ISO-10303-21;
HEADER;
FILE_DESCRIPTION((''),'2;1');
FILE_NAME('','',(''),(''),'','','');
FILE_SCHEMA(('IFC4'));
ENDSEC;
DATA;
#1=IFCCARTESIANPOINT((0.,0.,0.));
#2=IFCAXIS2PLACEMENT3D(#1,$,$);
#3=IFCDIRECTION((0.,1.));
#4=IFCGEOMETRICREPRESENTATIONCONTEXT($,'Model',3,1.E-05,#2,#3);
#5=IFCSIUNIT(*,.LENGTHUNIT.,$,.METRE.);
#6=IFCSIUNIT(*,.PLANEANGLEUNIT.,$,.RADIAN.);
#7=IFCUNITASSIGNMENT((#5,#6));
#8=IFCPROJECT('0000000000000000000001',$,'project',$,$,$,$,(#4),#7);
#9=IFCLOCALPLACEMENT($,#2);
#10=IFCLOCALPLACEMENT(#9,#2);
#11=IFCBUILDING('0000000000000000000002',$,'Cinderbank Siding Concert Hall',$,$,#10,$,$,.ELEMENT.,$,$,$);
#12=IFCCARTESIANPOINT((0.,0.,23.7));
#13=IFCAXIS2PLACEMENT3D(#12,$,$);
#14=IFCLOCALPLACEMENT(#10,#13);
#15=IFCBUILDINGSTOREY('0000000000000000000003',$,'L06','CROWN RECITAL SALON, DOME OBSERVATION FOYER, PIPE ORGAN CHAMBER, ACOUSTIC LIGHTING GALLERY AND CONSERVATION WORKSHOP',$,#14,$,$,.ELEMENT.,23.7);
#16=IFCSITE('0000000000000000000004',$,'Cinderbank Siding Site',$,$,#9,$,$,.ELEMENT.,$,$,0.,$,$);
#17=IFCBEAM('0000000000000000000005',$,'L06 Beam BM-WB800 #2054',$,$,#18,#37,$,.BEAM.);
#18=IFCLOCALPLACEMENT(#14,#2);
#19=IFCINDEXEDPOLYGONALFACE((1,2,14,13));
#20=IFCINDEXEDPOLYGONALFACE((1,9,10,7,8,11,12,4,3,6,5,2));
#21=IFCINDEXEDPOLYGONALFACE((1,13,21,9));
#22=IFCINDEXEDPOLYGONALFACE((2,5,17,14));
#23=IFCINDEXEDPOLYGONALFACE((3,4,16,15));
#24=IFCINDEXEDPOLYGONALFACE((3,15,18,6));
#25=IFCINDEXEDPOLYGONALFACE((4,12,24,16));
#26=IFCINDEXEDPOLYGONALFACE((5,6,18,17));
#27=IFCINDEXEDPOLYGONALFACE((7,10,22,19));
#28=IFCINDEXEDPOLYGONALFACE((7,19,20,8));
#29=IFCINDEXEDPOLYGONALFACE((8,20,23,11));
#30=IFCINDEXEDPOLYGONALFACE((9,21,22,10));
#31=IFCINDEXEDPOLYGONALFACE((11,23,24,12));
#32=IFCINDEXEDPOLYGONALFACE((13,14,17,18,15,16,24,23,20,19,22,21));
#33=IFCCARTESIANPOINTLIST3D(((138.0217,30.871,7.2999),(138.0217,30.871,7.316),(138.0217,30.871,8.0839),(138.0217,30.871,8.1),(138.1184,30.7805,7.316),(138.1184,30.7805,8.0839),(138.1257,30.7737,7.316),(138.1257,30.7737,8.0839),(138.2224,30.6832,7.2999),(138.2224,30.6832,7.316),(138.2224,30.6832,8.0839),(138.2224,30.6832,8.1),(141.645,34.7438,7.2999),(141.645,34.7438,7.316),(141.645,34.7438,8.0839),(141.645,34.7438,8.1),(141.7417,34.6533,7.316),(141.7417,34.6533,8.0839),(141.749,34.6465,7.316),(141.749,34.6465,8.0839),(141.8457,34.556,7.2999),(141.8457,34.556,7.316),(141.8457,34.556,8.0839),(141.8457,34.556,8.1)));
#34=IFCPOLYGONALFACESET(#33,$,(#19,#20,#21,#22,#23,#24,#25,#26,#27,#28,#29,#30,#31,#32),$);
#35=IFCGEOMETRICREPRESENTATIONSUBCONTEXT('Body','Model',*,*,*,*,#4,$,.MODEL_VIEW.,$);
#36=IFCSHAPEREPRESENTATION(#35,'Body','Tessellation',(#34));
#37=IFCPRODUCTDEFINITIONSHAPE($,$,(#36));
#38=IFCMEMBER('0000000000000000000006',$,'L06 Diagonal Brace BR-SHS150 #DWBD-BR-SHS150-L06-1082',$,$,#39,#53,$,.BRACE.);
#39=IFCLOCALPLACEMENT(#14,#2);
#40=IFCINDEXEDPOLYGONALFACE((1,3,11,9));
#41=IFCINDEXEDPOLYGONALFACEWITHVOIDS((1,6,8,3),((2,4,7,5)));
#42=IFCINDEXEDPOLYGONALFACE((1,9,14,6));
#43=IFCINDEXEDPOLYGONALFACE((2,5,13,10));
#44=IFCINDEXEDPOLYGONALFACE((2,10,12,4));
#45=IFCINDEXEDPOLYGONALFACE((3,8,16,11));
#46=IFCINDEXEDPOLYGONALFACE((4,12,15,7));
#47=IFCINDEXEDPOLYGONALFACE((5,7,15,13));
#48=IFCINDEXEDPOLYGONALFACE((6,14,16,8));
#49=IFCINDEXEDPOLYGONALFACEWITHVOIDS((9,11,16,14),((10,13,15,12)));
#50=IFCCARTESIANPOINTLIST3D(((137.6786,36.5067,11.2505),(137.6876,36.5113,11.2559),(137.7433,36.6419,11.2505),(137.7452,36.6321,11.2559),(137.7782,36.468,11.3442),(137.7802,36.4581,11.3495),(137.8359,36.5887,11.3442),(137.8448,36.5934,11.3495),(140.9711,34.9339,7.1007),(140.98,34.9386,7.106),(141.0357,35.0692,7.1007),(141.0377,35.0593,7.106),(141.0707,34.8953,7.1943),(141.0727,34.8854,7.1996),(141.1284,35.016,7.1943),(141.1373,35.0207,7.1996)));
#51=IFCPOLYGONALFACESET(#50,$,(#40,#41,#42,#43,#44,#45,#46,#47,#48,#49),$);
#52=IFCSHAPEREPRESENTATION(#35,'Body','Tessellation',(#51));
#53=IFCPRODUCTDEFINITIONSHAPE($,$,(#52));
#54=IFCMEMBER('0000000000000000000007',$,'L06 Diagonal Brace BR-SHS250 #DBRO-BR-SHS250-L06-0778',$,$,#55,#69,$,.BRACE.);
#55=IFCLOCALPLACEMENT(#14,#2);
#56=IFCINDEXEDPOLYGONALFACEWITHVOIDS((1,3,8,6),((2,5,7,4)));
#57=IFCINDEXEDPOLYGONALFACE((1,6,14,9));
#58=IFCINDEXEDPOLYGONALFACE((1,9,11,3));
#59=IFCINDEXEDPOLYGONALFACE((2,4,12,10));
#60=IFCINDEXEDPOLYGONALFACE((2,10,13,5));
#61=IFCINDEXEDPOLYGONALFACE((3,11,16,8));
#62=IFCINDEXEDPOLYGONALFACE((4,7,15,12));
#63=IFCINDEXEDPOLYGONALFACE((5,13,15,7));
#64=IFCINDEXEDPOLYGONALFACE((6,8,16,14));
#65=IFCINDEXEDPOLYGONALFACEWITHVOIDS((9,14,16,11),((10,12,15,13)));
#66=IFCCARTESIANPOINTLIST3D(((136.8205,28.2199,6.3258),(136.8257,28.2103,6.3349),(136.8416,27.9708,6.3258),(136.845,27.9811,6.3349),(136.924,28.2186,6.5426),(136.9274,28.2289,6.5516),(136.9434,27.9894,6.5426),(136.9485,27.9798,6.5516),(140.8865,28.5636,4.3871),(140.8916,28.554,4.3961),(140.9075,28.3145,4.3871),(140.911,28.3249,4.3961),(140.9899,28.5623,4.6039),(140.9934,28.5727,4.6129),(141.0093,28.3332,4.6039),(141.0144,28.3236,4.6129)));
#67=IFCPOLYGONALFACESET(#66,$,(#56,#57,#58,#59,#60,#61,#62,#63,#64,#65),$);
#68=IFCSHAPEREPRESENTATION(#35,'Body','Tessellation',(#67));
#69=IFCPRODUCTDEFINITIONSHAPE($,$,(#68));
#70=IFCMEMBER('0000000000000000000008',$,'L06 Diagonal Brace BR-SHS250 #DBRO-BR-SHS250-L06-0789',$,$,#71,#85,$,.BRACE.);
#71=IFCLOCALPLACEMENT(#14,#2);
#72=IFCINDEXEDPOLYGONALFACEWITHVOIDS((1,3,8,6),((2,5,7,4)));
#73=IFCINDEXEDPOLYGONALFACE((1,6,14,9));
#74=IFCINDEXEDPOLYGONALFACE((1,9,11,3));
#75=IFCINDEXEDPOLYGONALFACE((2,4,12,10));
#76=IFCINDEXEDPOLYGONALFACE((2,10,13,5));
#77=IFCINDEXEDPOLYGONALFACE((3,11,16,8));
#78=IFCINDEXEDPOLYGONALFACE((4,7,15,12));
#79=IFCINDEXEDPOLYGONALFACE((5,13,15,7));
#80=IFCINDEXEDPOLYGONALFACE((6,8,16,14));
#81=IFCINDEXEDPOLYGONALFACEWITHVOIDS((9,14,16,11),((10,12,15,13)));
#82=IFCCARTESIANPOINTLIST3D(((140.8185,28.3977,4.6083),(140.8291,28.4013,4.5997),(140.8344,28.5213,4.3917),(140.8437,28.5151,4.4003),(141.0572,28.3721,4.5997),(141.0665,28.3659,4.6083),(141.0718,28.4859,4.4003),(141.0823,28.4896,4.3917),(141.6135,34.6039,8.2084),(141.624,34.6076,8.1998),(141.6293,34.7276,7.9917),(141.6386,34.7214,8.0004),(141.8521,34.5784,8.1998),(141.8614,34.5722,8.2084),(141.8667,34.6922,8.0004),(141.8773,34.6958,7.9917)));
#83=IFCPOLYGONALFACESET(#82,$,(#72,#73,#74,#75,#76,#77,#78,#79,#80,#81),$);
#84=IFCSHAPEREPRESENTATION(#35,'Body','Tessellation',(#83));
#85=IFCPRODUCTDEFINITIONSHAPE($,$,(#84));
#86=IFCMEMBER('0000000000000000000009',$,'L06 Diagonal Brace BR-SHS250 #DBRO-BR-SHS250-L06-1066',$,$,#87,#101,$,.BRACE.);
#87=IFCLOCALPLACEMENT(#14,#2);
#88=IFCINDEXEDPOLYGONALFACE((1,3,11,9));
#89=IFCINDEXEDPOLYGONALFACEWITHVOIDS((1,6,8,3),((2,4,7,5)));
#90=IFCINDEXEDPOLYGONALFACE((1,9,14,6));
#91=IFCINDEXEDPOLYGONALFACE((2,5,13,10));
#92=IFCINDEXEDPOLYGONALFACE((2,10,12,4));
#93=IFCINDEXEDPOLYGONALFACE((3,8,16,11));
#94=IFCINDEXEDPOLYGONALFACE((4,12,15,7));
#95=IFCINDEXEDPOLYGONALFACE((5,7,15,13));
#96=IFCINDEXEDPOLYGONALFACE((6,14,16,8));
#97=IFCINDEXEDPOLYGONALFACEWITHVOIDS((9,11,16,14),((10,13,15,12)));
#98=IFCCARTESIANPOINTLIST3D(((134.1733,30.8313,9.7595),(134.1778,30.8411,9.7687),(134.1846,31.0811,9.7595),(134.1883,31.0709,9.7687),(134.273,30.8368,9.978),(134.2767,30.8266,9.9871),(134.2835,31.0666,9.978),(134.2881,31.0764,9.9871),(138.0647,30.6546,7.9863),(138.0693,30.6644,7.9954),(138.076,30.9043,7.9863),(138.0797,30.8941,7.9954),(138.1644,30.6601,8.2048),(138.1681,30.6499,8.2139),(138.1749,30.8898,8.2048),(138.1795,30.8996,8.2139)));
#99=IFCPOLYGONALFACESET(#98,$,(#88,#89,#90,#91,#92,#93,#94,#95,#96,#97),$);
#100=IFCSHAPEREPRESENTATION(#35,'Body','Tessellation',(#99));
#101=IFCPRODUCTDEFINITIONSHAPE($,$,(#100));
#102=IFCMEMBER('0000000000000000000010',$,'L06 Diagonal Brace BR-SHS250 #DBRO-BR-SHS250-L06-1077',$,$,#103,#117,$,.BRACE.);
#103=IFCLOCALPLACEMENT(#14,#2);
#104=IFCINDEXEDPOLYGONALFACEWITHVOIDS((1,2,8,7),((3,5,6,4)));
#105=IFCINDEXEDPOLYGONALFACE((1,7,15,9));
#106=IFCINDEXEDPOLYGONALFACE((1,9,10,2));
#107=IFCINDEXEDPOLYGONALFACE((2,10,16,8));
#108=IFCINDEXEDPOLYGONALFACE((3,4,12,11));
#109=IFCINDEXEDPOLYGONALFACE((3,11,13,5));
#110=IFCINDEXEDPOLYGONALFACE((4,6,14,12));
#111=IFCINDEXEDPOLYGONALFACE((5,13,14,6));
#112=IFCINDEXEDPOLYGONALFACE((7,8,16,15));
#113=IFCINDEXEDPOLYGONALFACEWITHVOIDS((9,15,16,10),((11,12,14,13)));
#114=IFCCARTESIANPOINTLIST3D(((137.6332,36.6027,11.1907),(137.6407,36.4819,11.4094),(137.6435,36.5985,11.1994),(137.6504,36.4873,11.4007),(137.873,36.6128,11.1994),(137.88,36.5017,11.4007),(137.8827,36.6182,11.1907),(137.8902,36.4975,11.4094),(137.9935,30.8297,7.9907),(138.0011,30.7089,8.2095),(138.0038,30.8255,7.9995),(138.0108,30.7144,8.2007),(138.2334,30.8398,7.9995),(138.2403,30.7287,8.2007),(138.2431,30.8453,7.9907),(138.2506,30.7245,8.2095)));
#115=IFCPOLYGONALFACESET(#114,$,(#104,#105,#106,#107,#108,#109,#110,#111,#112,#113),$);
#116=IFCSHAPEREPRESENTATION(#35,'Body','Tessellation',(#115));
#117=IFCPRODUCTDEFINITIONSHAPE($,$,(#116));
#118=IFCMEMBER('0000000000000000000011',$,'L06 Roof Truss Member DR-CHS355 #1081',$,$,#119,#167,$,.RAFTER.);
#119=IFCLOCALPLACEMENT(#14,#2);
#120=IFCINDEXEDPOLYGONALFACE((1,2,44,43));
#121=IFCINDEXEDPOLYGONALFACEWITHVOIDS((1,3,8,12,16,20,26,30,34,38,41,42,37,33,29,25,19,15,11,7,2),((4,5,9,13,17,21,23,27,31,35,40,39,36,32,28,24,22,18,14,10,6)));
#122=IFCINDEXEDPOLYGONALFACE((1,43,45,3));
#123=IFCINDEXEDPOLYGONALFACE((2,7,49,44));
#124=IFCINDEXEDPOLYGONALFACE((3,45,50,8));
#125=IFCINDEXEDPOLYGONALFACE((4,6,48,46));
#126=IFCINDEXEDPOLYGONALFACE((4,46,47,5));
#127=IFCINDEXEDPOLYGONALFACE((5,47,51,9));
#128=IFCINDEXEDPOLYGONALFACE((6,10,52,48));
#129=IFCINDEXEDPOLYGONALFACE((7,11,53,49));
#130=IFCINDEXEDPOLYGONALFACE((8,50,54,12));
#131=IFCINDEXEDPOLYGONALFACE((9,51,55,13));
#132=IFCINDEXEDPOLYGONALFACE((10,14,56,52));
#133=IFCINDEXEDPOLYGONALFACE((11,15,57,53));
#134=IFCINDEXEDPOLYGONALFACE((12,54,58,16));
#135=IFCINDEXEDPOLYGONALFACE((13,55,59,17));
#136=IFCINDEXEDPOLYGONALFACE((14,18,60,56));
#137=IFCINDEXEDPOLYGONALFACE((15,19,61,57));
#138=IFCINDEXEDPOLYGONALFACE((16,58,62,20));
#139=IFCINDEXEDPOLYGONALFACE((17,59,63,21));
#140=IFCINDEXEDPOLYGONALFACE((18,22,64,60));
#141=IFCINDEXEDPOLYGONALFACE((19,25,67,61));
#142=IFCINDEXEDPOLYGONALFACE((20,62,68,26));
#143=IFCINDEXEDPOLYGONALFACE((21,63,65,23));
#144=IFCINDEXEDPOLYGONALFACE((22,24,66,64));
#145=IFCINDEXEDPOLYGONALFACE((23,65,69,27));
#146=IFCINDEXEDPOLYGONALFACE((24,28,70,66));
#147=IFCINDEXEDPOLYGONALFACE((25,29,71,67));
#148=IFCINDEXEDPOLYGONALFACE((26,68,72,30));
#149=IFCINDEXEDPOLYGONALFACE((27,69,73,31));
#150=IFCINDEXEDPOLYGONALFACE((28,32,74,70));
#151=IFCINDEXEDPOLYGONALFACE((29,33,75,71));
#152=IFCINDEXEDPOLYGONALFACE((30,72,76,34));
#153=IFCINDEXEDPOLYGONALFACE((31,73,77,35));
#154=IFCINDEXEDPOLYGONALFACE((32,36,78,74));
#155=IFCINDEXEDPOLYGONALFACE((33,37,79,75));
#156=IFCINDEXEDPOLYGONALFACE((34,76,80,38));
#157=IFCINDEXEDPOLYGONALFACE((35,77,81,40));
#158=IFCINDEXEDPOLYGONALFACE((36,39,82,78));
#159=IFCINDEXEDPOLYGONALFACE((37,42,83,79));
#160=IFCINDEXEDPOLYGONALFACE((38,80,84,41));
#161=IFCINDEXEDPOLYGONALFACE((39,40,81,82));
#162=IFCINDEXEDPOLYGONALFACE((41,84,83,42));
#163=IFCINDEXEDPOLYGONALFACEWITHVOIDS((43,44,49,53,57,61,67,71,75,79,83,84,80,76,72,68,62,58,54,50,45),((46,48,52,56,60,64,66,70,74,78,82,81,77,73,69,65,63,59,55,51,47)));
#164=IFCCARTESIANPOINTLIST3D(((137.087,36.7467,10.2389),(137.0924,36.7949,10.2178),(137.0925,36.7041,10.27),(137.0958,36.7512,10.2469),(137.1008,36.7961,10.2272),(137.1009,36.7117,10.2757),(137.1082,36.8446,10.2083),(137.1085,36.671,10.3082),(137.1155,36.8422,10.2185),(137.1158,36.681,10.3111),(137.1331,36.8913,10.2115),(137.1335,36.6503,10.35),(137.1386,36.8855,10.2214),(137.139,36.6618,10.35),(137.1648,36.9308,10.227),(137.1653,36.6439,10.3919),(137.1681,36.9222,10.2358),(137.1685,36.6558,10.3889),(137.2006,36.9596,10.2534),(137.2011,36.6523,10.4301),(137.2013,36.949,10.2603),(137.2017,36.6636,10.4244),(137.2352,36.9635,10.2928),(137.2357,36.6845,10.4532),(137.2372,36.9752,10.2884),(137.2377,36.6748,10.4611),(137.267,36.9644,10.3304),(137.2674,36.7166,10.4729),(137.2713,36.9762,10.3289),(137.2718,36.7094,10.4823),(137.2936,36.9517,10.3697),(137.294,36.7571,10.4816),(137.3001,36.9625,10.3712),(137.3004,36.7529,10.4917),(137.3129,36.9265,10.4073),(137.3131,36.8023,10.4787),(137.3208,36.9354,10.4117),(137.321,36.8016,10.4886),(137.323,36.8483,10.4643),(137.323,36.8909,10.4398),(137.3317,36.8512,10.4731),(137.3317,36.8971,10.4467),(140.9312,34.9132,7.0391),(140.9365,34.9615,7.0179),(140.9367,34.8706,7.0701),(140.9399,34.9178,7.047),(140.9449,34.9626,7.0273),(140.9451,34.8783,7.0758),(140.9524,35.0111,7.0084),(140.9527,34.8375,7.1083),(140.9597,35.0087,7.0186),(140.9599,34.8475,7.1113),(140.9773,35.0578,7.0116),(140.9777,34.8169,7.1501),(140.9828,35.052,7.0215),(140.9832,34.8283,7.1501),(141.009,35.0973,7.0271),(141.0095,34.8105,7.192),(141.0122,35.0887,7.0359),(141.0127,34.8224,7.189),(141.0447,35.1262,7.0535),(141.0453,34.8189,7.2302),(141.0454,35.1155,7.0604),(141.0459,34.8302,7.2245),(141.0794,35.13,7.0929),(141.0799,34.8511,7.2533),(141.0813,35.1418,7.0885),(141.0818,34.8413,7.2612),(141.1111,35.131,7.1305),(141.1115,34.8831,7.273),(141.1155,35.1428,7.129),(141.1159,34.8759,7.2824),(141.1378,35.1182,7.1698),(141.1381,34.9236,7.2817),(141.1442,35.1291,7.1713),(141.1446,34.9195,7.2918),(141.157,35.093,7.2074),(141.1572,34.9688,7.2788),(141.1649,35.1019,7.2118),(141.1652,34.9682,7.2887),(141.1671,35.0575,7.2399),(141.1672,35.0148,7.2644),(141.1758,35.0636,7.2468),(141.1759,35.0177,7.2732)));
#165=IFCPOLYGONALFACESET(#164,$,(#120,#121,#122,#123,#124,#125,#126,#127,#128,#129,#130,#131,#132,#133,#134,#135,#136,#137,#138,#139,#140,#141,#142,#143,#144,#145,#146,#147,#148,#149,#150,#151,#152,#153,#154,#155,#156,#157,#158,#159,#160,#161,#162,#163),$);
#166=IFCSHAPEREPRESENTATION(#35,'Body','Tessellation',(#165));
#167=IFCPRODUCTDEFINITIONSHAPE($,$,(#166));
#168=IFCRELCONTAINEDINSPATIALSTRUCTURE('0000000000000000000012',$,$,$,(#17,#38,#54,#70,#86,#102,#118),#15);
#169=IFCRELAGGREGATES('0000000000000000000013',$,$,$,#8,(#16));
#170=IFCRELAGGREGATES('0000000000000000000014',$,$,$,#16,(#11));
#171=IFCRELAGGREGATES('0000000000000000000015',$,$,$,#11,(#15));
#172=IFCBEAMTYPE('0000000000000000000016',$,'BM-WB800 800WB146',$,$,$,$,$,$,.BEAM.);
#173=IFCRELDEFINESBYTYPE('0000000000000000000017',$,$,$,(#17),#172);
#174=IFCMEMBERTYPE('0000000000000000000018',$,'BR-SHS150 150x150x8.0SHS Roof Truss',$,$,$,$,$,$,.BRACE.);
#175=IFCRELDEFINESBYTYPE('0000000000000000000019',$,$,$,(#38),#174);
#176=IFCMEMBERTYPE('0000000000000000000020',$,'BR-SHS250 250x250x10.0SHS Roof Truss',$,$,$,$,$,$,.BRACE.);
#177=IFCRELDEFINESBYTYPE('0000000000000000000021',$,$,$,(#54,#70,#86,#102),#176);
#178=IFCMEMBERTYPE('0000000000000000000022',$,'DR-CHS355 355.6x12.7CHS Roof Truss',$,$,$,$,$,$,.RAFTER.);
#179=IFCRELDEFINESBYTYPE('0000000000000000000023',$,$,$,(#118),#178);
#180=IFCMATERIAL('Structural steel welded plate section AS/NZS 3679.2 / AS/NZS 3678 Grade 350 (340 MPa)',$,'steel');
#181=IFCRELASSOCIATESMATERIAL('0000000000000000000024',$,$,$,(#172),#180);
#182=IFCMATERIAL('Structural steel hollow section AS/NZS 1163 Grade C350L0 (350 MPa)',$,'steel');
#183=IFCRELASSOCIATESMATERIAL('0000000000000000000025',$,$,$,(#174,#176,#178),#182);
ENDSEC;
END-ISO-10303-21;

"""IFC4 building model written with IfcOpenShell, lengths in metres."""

from ifc_helpers import new_model, si_unit, direction, frame, origin, origin_2d, place, context, subcontext, project, spatial, hollow_rectangle, hollow_circle, i_section, extrude, material, material_profile, profile_set, type_object, element, save


model = new_model("IFC4")

# Units and contexts
model_context = context("Model", 3, precision=1e-05, world=origin(), true_north=direction((0.0, 1.0)))
body_context = subcontext(model_context, "Body", "Model", "MODEL_VIEW")
ifc_project = project(units=[si_unit("LENGTHUNIT", "METRE"), si_unit("PLANEANGLEUNIT", "RADIAN")], contexts=[model_context])

# Site, building, storey
site_placement = place(None, origin())
site = spatial("IfcSite", under=ifc_project, at=site_placement, Name="Cinderbank Siding Site", CompositionType="ELEMENT", RefElevation=0.0)
building_placement = place(site_placement, origin())
building = spatial("IfcBuilding", under=site, at=building_placement, Name="Cinderbank Siding Concert Hall", CompositionType="ELEMENT")
storey_placement = place(building_placement, frame((0.0, 0.0, 23.7)))
storey = spatial("IfcBuildingStorey", under=building, at=storey_placement, Name="L06", Description="CROWN RECITAL SALON, DOME OBSERVATION FOYER, PIPE ORGAN CHAMBER, ACOUSTIC LIGHTING GALLERY AND CONSERVATION WORKSHOP", CompositionType="ELEMENT", Elevation=23.7)

# Beam
ifc_material_1 = material(Name="Structural steel welded plate section AS/NZS 3679.2 / AS/NZS 3678 Grade 350 (340 MPa)", Category="steel")
ifc_material_profile_1 = material_profile(ifc_material_1, i_section(OverallWidth=0.2749, OverallDepth=0.8, WebThickness=0.01, FlangeThickness=0.0161, at=origin_2d()), Name="800WB146", Category="LoadBearing")
ifc_profile_set_1 = profile_set([ifc_material_profile_1], Name="Structural steel welded plate section AS/NZS 3679.2 / AS/NZS 3678 Grade 350 (340 MPa)")
beam_type = type_object("IfcBeamType", Name="BM-WB800 800WB146", PredefinedType="BEAM", material=ifc_profile_set_1)
beam_placement = place(storey_placement, frame((138.1221, 30.7771, 7.7), z_axis=(0.683192, 0.730239, 0.0), x_axis=(-0.730239, 0.683192, 0.0)))
element("IfcBeam", 1, at=beam_placement, inside=storey, type_object=beam_type, Name="L06 Beam BM-WB800 #2054", PredefinedType="BEAM", context=body_context, shape_type="SweptSolid", body=[
    extrude(i_section(OverallWidth=0.2749, OverallDepth=0.8, WebThickness=0.01, FlangeThickness=0.0161, at=origin_2d()), origin(), (0.0, 0.0, 1.0), 5.3035),
])

# Members
ifc_material_2 = material(Name="Structural steel hollow section AS/NZS 1163 Grade C350L0 (350 MPa)", Category="steel")
ifc_material_profile_2 = material_profile(ifc_material_2, hollow_rectangle(XDim=0.1499, YDim=0.1499, WallThickness=0.0081, at=origin_2d()), Name="150x150x8.0SHS", Category="LoadBearing")
ifc_profile_set_2 = profile_set([ifc_material_profile_2], Name="Structural steel hollow section AS/NZS 1163 Grade C350L0 (350 MPa)")
member_type_1 = type_object("IfcMemberType", Name="BR-SHS150 150x150x8.0SHS Roof Truss", PredefinedType="BRACE", material=ifc_profile_set_2)
member_1_placement = place(storey_placement, frame((141.0542, 34.9773, 7.1501), z_axis=(-0.595826, 0.284615, 0.75099), x_axis=(-0.431029, -0.902338, 0.0)))
element("IfcMember", 2, at=member_1_placement, inside=storey, type_object=member_type_1, Name="L06 Diagonal Brace BR-SHS150 #DWBD-BR-SHS150-L06-1082", PredefinedType="BRACE", context=body_context, shape_type="SweptSolid", body=[
    extrude(hollow_rectangle(XDim=0.1499, YDim=0.1499, WallThickness=0.0081, at=origin_2d()), origin(), (0.0, 0.0, 1.0), 5.5259),
])
ifc_material_profile_3 = material_profile(ifc_material_2, hollow_rectangle(XDim=0.25, YDim=0.25, WallThickness=0.01, at=origin_2d()), Name="250x250x10.0SHS", Category="LoadBearing")
ifc_profile_set_3 = profile_set([ifc_material_profile_3], Name="Structural steel hollow section AS/NZS 1163 Grade C350L0 (350 MPa)")
member_type_2 = type_object("IfcMemberType", Name="BR-SHS250 250x250x10.0SHS Roof Truss", PredefinedType="BRACE", material=ifc_profile_set_3)
member_2_placement = place(storey_placement, frame((140.9504, 28.4436, 4.5), z_axis=(-0.900022, -0.076092, 0.429151), x_axis=(0.084244, -0.996445, 0.0)))
element("IfcMember", 3, at=member_2_placement, inside=storey, type_object=member_type_2, Name="L06 Diagonal Brace BR-SHS250 #DBRO-BR-SHS250-L06-0778", PredefinedType="BRACE", context=body_context, shape_type="SweptSolid", body=[
    extrude(hollow_rectangle(XDim=0.25, YDim=0.25, WallThickness=0.01, at=origin_2d()), origin(), (0.0, 0.0, 1.0), 4.5176),
])
member_3_placement = place(storey_placement, frame((140.9504, 28.4436, 4.5), z_axis=(0.110119, 0.859744, 0.498713), x_axis=(-0.991897, 0.127045, 0.0)))
element("IfcMember", 4, at=member_3_placement, inside=storey, type_object=member_type_2, Name="L06 Diagonal Brace BR-SHS250 #DBRO-BR-SHS250-L06-0789", PredefinedType="BRACE", context=body_context, shape_type="SweptSolid", body=[
    extrude(hollow_rectangle(XDim=0.25, YDim=0.25, WallThickness=0.01, at=origin_2d()), origin(), (0.0, 0.0, 1.0), 7.2188),
])
member_4_placement = place(storey_placement, frame((138.1221, 30.7771, 8.1001), z_axis=(-0.909203, 0.041299, 0.414301), x_axis=(-0.045376, -0.99897, 0.0)))
element("IfcMember", 5, at=member_4_placement, inside=storey, type_object=member_type_2, Name="L06 Diagonal Brace BR-SHS250 #DBRO-BR-SHS250-L06-1066", PredefinedType="BRACE", context=body_context, shape_type="SweptSolid", body=[
    extrude(hollow_rectangle(XDim=0.25, YDim=0.25, WallThickness=0.01, at=origin_2d()), origin(), (0.0, 0.0, 1.0), 4.28),
])
member_5_placement = place(storey_placement, frame((138.1221, 30.7771, 8.1001), z_axis=(-0.054513, 0.873322, 0.484083), x_axis=(-0.998058, -0.062299, 0.0)))
element("IfcMember", 6, at=member_5_placement, inside=storey, type_object=member_type_2, Name="L06 Diagonal Brace BR-SHS250 #DBRO-BR-SHS250-L06-1077", PredefinedType="BRACE", context=body_context, shape_type="SweptSolid", body=[
    extrude(hollow_rectangle(XDim=0.25, YDim=0.25, WallThickness=0.01, at=origin_2d()), origin(), (0.0, 0.0, 1.0), 6.6104),
])
ifc_material_profile_4 = material_profile(ifc_material_2, hollow_circle(Radius=0.1777, WallThickness=0.0127, at=origin_2d()), Name="355.6x12.7CHS", Category="LoadBearing")
ifc_profile_set_4 = profile_set([ifc_material_profile_4], Name="Structural steel hollow section AS/NZS 1163 Grade C350L0 (350 MPa)")
member_type_3 = type_object("IfcMemberType", Name="DR-CHS355 355.6x12.7CHS Roof Truss", PredefinedType="RAFTER", material=ifc_profile_set_4)
member_6_placement = place(storey_placement, frame((141.0542, 34.9773, 7.1501), z_axis=(-0.721618, 0.344173, 0.600676), x_axis=(-0.43049, -0.902595, 0.0)))
element("IfcMember", 7, at=member_6_placement, inside=storey, type_object=member_type_3, Name="L06 Roof Truss Member DR-CHS355 #1081", PredefinedType="RAFTER", context=body_context, shape_type="SweptSolid", body=[
    extrude(hollow_circle(Radius=0.1777, WallThickness=0.0127, at=origin_2d()), origin(), (0.0, 0.0, 1.0), 5.3271),
])

save(model, "model.ifc")
